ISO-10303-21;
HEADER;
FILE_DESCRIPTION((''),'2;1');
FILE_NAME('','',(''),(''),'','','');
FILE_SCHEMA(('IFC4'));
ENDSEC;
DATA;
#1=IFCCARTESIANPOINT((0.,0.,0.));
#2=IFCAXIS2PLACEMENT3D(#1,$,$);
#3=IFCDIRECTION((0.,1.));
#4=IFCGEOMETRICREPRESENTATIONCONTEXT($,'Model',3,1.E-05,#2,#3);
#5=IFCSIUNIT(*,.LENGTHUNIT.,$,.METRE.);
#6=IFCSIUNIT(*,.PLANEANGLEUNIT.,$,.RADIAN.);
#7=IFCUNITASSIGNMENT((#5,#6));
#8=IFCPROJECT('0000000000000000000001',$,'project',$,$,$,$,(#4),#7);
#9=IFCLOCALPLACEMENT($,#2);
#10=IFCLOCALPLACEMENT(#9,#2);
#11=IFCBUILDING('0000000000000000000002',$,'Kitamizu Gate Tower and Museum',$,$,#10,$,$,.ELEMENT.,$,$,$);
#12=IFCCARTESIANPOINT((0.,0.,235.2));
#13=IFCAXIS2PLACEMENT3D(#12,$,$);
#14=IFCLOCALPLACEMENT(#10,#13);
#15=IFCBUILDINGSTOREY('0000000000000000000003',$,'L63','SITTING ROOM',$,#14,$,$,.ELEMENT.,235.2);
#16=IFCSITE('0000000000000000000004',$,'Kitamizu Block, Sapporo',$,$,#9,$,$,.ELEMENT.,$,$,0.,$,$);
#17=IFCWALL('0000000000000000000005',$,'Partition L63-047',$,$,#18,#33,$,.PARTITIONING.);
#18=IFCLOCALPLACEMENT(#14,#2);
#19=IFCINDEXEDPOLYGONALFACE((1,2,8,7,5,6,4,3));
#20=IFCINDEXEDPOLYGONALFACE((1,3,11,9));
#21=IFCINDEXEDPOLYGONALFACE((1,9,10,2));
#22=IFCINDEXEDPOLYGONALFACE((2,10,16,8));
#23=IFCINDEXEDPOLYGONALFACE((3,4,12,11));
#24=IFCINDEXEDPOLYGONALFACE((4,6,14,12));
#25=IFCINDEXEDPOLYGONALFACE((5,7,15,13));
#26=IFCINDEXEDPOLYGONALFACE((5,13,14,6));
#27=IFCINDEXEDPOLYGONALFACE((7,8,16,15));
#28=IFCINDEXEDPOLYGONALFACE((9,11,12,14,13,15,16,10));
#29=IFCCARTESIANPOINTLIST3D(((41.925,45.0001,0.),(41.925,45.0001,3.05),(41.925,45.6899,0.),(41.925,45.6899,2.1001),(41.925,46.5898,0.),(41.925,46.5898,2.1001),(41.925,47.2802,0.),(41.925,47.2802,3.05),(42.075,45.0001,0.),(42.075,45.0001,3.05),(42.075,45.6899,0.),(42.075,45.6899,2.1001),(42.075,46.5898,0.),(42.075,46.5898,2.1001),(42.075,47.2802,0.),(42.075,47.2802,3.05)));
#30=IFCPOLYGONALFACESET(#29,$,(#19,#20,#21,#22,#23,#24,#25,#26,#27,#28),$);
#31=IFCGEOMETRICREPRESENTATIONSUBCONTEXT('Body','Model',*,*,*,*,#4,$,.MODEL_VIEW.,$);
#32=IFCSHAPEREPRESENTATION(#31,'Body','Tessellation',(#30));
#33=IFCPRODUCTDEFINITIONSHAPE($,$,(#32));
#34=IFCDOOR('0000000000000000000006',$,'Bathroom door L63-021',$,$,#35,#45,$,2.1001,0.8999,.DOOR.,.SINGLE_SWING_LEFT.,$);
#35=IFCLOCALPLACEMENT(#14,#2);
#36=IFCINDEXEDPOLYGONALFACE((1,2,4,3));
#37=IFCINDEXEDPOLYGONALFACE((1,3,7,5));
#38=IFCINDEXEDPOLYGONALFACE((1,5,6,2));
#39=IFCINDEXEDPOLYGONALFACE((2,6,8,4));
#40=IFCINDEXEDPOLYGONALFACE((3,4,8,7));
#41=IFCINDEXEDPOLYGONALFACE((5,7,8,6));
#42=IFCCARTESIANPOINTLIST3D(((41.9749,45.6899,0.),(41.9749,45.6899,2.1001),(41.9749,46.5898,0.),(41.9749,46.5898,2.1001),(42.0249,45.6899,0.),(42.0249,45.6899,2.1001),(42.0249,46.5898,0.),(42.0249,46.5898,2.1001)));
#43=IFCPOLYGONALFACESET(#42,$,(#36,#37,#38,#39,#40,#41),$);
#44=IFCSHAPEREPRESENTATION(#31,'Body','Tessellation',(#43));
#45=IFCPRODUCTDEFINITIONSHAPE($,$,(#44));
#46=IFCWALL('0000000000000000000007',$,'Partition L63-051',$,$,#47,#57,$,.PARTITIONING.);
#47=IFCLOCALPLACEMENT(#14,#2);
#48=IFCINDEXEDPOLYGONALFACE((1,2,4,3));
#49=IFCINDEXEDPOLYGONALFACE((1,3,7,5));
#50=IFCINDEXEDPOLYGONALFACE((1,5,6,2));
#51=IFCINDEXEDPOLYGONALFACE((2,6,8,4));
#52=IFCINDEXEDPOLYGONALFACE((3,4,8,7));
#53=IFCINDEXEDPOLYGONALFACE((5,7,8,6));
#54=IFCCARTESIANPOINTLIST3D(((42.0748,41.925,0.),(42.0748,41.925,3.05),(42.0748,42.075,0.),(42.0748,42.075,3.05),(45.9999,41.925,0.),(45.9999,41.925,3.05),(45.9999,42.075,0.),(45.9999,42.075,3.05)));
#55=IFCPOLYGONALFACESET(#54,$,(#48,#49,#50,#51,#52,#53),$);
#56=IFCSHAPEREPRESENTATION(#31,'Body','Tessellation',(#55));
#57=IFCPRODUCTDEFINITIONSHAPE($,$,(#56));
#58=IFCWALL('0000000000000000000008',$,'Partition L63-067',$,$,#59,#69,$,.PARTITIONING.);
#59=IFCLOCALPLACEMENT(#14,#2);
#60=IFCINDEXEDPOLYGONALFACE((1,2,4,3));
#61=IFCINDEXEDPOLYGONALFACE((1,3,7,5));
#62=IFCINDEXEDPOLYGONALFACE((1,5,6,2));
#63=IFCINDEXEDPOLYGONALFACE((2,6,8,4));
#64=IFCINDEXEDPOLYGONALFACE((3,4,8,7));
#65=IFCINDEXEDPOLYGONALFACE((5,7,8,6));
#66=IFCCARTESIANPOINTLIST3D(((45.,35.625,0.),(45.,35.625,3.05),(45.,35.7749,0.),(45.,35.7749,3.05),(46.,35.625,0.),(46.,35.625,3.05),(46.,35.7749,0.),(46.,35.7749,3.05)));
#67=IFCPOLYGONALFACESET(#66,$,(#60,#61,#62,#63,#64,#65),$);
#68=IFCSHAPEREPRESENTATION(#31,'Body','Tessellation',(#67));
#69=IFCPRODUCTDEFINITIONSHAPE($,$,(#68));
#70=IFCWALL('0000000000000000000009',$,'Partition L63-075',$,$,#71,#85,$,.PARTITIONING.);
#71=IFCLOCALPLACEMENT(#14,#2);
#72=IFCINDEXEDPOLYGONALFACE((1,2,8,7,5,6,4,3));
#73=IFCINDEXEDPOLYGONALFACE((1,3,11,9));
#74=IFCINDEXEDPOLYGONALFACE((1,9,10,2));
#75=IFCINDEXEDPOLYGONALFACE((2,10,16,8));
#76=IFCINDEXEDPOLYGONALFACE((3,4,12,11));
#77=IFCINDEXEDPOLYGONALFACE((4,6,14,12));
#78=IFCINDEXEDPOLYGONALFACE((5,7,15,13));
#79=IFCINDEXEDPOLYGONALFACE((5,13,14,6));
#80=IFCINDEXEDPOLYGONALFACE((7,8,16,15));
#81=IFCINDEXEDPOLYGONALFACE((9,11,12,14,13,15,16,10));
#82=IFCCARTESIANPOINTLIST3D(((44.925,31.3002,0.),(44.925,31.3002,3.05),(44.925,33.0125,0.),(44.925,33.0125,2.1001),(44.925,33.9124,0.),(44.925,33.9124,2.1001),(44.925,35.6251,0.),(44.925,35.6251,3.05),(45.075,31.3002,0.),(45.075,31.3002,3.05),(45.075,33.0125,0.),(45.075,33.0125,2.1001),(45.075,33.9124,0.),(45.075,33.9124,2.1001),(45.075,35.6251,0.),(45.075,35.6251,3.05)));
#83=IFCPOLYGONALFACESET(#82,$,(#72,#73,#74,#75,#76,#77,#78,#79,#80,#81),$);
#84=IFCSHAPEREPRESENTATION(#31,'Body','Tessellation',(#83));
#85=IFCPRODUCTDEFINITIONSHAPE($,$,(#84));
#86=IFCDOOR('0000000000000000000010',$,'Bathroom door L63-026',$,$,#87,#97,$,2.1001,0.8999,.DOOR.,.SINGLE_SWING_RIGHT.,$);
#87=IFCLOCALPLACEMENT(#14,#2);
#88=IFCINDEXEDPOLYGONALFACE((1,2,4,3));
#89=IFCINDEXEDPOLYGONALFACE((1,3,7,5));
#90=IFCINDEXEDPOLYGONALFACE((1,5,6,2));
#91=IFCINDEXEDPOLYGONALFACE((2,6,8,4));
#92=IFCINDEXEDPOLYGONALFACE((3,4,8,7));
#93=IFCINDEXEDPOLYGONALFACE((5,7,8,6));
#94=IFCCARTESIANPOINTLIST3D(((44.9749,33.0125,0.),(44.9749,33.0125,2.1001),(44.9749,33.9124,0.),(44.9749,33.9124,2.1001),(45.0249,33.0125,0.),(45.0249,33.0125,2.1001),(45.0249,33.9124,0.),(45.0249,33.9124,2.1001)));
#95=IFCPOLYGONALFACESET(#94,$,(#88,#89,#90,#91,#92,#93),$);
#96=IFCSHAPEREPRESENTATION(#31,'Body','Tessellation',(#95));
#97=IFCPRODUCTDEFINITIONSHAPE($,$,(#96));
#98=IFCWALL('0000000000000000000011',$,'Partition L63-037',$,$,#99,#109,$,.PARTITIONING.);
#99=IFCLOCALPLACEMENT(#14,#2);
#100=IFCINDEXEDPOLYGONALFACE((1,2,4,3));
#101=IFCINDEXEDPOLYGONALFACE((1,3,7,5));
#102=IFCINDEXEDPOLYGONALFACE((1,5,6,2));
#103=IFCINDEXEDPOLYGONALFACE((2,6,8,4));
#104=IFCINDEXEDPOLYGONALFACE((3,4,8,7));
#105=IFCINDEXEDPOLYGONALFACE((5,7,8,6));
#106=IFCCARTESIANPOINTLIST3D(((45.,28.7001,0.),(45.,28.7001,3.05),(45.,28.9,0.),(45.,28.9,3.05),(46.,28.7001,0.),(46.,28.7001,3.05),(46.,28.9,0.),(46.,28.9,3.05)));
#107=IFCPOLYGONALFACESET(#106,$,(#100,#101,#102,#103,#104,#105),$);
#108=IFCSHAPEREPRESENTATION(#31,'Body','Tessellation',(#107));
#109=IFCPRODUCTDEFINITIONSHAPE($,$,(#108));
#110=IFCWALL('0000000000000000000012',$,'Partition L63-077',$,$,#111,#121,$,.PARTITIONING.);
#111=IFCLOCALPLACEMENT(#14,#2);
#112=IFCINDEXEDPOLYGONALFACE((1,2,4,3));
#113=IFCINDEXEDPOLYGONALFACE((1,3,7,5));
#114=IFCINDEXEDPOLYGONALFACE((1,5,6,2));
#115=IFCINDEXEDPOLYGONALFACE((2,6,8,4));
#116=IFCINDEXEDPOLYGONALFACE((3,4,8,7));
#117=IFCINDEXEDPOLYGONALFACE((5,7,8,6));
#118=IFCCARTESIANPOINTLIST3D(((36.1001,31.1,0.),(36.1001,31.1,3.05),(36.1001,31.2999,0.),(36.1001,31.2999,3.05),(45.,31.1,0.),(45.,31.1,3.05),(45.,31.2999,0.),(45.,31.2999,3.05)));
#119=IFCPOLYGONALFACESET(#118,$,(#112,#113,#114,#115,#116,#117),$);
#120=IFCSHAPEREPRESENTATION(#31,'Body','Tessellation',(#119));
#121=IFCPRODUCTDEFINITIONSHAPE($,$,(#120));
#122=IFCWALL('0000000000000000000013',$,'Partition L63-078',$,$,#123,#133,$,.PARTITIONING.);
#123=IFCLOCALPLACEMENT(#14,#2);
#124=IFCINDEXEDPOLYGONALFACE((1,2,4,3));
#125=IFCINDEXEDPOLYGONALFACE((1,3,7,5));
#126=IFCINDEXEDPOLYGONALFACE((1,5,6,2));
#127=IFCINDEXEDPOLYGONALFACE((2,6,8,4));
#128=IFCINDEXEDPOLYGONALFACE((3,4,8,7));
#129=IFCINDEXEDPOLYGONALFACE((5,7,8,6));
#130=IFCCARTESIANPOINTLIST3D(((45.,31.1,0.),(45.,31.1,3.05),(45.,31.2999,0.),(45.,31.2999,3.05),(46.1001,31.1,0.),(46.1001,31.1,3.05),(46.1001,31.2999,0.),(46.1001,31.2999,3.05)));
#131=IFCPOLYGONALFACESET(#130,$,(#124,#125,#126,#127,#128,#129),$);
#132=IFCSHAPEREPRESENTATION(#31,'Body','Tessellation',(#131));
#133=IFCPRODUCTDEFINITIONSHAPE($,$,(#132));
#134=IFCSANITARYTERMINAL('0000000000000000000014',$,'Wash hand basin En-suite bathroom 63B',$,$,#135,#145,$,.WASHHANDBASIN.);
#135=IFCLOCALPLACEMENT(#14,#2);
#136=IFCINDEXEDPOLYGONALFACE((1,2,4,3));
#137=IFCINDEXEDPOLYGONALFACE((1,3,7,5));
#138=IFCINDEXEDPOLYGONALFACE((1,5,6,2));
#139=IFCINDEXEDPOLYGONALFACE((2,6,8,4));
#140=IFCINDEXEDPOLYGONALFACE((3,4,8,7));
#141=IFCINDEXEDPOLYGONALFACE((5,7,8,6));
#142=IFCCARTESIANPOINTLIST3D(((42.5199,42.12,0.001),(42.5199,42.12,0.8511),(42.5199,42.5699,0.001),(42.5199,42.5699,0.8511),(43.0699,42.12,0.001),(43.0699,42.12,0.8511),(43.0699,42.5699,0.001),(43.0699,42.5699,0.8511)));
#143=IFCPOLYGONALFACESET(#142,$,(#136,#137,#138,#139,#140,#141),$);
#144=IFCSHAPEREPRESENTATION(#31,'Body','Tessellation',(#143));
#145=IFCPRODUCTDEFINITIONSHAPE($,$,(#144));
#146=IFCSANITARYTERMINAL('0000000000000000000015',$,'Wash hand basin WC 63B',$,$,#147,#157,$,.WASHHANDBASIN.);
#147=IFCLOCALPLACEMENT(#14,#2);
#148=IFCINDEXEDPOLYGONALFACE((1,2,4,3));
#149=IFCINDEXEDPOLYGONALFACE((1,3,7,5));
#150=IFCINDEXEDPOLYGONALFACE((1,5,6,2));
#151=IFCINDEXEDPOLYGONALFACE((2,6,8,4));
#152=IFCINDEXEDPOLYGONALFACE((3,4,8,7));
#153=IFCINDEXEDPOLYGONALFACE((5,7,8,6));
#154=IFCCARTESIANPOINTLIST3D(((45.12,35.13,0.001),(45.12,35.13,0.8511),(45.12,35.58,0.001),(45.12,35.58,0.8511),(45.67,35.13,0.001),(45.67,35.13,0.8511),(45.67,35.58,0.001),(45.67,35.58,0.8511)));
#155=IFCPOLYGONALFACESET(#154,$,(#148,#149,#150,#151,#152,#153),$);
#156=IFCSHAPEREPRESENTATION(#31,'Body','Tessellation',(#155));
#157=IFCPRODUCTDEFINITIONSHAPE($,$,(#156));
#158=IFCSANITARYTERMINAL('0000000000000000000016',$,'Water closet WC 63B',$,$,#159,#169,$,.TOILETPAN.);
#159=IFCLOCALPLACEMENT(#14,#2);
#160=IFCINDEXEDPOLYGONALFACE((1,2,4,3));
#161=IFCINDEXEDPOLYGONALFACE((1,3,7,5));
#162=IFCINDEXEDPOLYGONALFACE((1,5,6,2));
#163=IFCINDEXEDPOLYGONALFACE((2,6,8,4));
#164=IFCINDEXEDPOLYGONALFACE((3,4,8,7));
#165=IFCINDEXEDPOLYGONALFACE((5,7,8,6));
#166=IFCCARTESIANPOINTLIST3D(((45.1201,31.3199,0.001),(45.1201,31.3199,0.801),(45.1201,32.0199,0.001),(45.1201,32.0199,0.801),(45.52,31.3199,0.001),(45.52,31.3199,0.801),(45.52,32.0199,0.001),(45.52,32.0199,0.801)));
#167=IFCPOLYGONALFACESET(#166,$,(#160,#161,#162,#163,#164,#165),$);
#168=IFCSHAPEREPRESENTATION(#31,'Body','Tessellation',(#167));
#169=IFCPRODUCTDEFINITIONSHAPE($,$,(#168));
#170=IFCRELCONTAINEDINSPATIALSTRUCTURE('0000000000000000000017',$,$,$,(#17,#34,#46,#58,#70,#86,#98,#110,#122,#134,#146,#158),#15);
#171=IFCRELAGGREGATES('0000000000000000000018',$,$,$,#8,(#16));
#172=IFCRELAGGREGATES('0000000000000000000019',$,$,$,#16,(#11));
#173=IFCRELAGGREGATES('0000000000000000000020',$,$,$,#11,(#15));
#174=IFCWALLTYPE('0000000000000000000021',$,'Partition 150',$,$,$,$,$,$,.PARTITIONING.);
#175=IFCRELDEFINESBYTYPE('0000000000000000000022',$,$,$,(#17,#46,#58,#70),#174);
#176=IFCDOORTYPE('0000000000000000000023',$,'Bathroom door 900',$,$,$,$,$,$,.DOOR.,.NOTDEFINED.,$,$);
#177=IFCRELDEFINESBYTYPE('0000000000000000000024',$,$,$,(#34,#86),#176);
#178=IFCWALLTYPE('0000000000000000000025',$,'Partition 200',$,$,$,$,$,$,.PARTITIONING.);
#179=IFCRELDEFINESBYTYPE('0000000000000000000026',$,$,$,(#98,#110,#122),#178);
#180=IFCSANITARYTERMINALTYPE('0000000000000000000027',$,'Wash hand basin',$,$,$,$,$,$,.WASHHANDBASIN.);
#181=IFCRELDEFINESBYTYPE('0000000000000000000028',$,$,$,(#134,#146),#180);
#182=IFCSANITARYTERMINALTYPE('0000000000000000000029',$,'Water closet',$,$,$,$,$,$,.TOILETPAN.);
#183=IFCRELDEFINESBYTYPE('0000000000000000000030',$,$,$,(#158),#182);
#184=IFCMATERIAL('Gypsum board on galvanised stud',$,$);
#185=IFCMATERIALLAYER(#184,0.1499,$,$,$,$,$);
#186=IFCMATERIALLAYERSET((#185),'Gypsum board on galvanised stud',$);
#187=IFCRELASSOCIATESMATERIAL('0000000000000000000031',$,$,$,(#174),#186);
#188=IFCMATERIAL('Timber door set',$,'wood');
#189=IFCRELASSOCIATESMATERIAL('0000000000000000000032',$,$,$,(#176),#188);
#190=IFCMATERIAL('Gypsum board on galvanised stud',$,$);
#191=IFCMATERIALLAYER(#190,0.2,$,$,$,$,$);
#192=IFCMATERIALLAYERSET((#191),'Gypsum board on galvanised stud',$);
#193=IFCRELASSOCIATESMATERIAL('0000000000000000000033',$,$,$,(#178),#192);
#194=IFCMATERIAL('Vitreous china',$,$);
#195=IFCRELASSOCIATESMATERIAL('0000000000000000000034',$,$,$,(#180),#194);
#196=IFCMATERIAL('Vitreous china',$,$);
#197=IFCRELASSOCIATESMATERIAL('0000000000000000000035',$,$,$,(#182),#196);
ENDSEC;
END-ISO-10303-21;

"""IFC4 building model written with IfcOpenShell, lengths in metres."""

from ifc_helpers import new_model, si_unit, direction, frame, frame_2d, origin, origin_2d, place, context, subcontext, project, spatial, rectangle, extrude, material, layer, layer_set, type_object, element, fill, save


model = new_model("IFC4")

# Units and contexts
model_context = context("Model", 3, precision=1e-05, world=origin(), true_north=direction((0.0, 1.0)))
body_context = subcontext(model_context, "Body", "Model", "MODEL_VIEW")
ifc_project = project(units=[si_unit("LENGTHUNIT", "METRE"), si_unit("PLANEANGLEUNIT", "RADIAN")], contexts=[model_context])

# Site, building, storey
site_placement = place(None, origin())
site = spatial("IfcSite", under=ifc_project, at=site_placement, Name="Kitamizu Block, Sapporo", CompositionType="ELEMENT", RefElevation=0.0)
building_placement = place(site_placement, origin())
building = spatial("IfcBuilding", under=site, at=building_placement, Name="Kitamizu Gate Tower and Museum", CompositionType="ELEMENT")
storey_placement = place(building_placement, frame((0.0, 0.0, 235.2)))
storey = spatial("IfcBuildingStorey", under=building, at=storey_placement, Name="L63", Description="SITTING ROOM", CompositionType="ELEMENT", Elevation=235.2)

# Wall, opening, door
ifc_material_1 = material(Name="Gypsum board on galvanised stud")
ifc_layer_1 = layer(ifc_material_1, 0.1499)
ifc_layer_set_1 = layer_set([ifc_layer_1], Name="Gypsum board on galvanised stud")
wall_type_1 = type_object("IfcWallType", Name="Partition 150", PredefinedType="PARTITIONING", material=ifc_layer_set_1)
ifc_material_2 = material(Name="Timber door set", Category="wood")
door_type_1 = type_object("IfcDoorType", Name="Bathroom door 900", OperationType="NOTDEFINED", PredefinedType="DOOR", material=ifc_material_2)
wall_1_placement = place(storey_placement, frame((42.0, 45.0, 0.0), z_axis=(0.0, 0.0, 1.0), x_axis=(0.0, 1.0, 0.0)))
wall_1 = element("IfcWall", 1, at=wall_1_placement, inside=storey, type_object=wall_type_1, Name="Partition L63-047", PredefinedType="PARTITIONING", context=body_context, shape_type="SweptSolid", body=[
    extrude(rectangle(XDim=2.28, YDim=0.1499, at=frame_2d((1.1401, 0.0))), origin(), (0.0, 0.0, 1.0), 3.05),
])
opening_1_placement = place(wall_1_placement, frame((0.6899, 0.0, 0.0)))
opening_1 = element("IfcOpeningElement", 2, at=opening_1_placement, cuts=wall_1, PredefinedType="OPENING", context=body_context, shape_type="SweptSolid", body=[
    extrude(rectangle(XDim=0.8999, YDim=2.1001, at=frame_2d((0.45, 1.05))), frame((0.0, 0.085, 0.0), z_axis=(0.0, -1.0, 0.0), x_axis=(1.0, 0.0, 0.0)), (0.0, 0.0, 1.0), 0.1699),
])
door_1_placement = place(opening_1_placement, frame((0.8999, 0.0, 0.0), x_axis=(-1.0, 0.0, 0.0)))
door_1 = element("IfcDoor", 3, at=door_1_placement, inside=storey, type_object=door_type_1, Name="Bathroom door L63-021", OperationType="SINGLE_SWING_LEFT", OverallHeight=2.1001, OverallWidth=0.8999, PredefinedType="DOOR", context=body_context, shape_type="SweptSolid", body=[
    extrude(rectangle(XDim=0.8999, YDim=2.1001, at=frame_2d((0.45, 1.05))), frame((0.0, 0.0249, 0.0), z_axis=(0.0, -1.0, 0.0), x_axis=(1.0, 0.0, 0.0)), (0.0, 0.0, 1.0), 0.05),
])
fill(opening_1, door_1)

# Walls
wall_2_placement = place(storey_placement, frame((42.075, 42.0, 0.0), z_axis=(0.0, 0.0, 1.0), x_axis=(1.0, 0.0, 0.0)))
element("IfcWall", 4, at=wall_2_placement, inside=storey, type_object=wall_type_1, Name="Partition L63-051", PredefinedType="PARTITIONING", context=body_context, shape_type="SweptSolid", body=[
    extrude(rectangle(XDim=3.925, YDim=0.1499, at=frame_2d((1.9624, 0.0))), origin(), (0.0, 0.0, 1.0), 3.05),
])
wall_3_placement = place(storey_placement, frame((45.0, 35.7, 0.0), z_axis=(0.0, 0.0, 1.0), x_axis=(1.0, 0.0, 0.0)))
element("IfcWall", 5, at=wall_3_placement, inside=storey, type_object=wall_type_1, Name="Partition L63-067", PredefinedType="PARTITIONING", context=body_context, shape_type="SweptSolid", body=[
    extrude(rectangle(XDim=1.0, YDim=0.1499, at=frame_2d((0.5, 0.0))), origin(), (0.0, 0.0, 1.0), 3.05),
])

# Wall, opening, door
wall_4_placement = place(storey_placement, frame((45.0, 31.3, 0.0), z_axis=(0.0, 0.0, 1.0), x_axis=(0.0, 1.0, 0.0)))
wall_4 = element("IfcWall", 6, at=wall_4_placement, inside=storey, type_object=wall_type_1, Name="Partition L63-075", PredefinedType="PARTITIONING", context=body_context, shape_type="SweptSolid", body=[
    extrude(rectangle(XDim=4.325, YDim=0.1499, at=frame_2d((2.1626, 0.0))), origin(), (0.0, 0.0, 1.0), 3.05),
])
opening_2_placement = place(wall_4_placement, frame((1.7124, 0.0, 0.0)))
opening_2 = element("IfcOpeningElement", 7, at=opening_2_placement, cuts=wall_4, PredefinedType="OPENING", context=body_context, shape_type="SweptSolid", body=[
    extrude(rectangle(XDim=0.8999, YDim=2.1001, at=frame_2d((0.45, 1.05))), frame((0.0, 0.085, 0.0), z_axis=(0.0, -1.0, 0.0), x_axis=(1.0, 0.0, 0.0)), (0.0, 0.0, 1.0), 0.1699),
])
door_2_placement = place(opening_2_placement, frame((0.8999, 0.0, 0.0), x_axis=(-1.0, 0.0, 0.0)))
door_2 = element("IfcDoor", 8, at=door_2_placement, inside=storey, type_object=door_type_1, Name="Bathroom door L63-026", OperationType="SINGLE_SWING_RIGHT", OverallHeight=2.1001, OverallWidth=0.8999, PredefinedType="DOOR", context=body_context, shape_type="SweptSolid", body=[
    extrude(rectangle(XDim=0.8999, YDim=2.1001, at=frame_2d((0.45, 1.05))), frame((0.0, 0.0249, 0.0), z_axis=(0.0, -1.0, 0.0), x_axis=(1.0, 0.0, 0.0)), (0.0, 0.0, 1.0), 0.05),
])
fill(opening_2, door_2)

# Walls
ifc_material_3 = material(Name="Gypsum board on galvanised stud")
ifc_layer_2 = layer(ifc_material_3, 0.2)
ifc_layer_set_2 = layer_set([ifc_layer_2], Name="Gypsum board on galvanised stud")
wall_type_2 = type_object("IfcWallType", Name="Partition 200", PredefinedType="PARTITIONING", material=ifc_layer_set_2)
wall_5_placement = place(storey_placement, frame((46.0, 28.8, 0.0), z_axis=(0.0, 0.0, 1.0), x_axis=(-1.0, 0.0, 0.0)))
element("IfcWall", 9, at=wall_5_placement, inside=storey, type_object=wall_type_2, Name="Partition L63-037", PredefinedType="PARTITIONING", context=body_context, shape_type="SweptSolid", body=[
    extrude(rectangle(XDim=1.0, YDim=0.2, at=frame_2d((0.5, 0.0))), origin(), (0.0, 0.0, 1.0), 3.05),
])
wall_6_placement = place(storey_placement, frame((36.1001, 31.2, 0.0), z_axis=(0.0, 0.0, 1.0), x_axis=(1.0, 0.0, 0.0)))
element("IfcWall", 10, at=wall_6_placement, inside=storey, type_object=wall_type_2, Name="Partition L63-077", PredefinedType="PARTITIONING", context=body_context, shape_type="SweptSolid", body=[
    extrude(rectangle(XDim=8.8999, YDim=0.2, at=frame_2d((4.45, 0.0))), origin(), (0.0, 0.0, 1.0), 3.05),
])
wall_7_placement = place(storey_placement, frame((45.0, 31.2, 0.0), z_axis=(0.0, 0.0, 1.0), x_axis=(1.0, 0.0, 0.0)))
element("IfcWall", 11, at=wall_7_placement, inside=storey, type_object=wall_type_2, Name="Partition L63-078", PredefinedType="PARTITIONING", context=body_context, shape_type="SweptSolid", body=[
    extrude(rectangle(XDim=1.1001, YDim=0.2, at=frame_2d((0.55, 0.0))), origin(), (0.0, 0.0, 1.0), 3.05),
])

# Sanitary terminals
ifc_material_4 = material(Name="Vitreous china")
sanitary_terminal_type_1 = type_object("IfcSanitaryTerminalType", Name="Wash hand basin", PredefinedType="WASHHANDBASIN", material=ifc_material_4)
for number, where, z_axis, x_axis, name in (
    (12, (42.7949, 42.345, 0.001), (0.0, 0.0, 1.0), (1.0, 0.0, 0.0), "Wash hand basin En-suite bathroom 63B"),
    (13, (45.395, 35.355, 0.001), (0.0, 0.0, 1.0), (1.0, 0.0, 0.0), "Wash hand basin WC 63B"),
):
    element("IfcSanitaryTerminal", number, at=place(storey_placement, frame(where, z_axis=z_axis, x_axis=x_axis)), inside=storey, type_object=sanitary_terminal_type_1, Name=name, PredefinedType="WASHHANDBASIN", context=body_context, shape_type="SweptSolid", body=[
        extrude(rectangle(XDim=0.55, YDim=0.45, at=origin_2d()), origin(), (0.0, 0.0, 1.0), 0.8501),
    ])
ifc_material_5 = material(Name="Vitreous china")
sanitary_terminal_type_2 = type_object("IfcSanitaryTerminalType", Name="Water closet", PredefinedType="TOILETPAN", material=ifc_material_5)
sanitary_terminal_placement = place(storey_placement, frame((45.3201, 31.6699, 0.001), z_axis=(0.0, 0.0, 1.0), x_axis=(1.0, 0.0, 0.0)))
element("IfcSanitaryTerminal", 14, at=sanitary_terminal_placement, inside=storey, type_object=sanitary_terminal_type_2, Name="Water closet WC 63B", PredefinedType="TOILETPAN", context=body_context, shape_type="SweptSolid", body=[
    extrude(rectangle(XDim=0.3999, YDim=0.7, at=origin_2d()), origin(), (0.0, 0.0, 1.0), 0.8),
])

save(model, "model.ifc")
